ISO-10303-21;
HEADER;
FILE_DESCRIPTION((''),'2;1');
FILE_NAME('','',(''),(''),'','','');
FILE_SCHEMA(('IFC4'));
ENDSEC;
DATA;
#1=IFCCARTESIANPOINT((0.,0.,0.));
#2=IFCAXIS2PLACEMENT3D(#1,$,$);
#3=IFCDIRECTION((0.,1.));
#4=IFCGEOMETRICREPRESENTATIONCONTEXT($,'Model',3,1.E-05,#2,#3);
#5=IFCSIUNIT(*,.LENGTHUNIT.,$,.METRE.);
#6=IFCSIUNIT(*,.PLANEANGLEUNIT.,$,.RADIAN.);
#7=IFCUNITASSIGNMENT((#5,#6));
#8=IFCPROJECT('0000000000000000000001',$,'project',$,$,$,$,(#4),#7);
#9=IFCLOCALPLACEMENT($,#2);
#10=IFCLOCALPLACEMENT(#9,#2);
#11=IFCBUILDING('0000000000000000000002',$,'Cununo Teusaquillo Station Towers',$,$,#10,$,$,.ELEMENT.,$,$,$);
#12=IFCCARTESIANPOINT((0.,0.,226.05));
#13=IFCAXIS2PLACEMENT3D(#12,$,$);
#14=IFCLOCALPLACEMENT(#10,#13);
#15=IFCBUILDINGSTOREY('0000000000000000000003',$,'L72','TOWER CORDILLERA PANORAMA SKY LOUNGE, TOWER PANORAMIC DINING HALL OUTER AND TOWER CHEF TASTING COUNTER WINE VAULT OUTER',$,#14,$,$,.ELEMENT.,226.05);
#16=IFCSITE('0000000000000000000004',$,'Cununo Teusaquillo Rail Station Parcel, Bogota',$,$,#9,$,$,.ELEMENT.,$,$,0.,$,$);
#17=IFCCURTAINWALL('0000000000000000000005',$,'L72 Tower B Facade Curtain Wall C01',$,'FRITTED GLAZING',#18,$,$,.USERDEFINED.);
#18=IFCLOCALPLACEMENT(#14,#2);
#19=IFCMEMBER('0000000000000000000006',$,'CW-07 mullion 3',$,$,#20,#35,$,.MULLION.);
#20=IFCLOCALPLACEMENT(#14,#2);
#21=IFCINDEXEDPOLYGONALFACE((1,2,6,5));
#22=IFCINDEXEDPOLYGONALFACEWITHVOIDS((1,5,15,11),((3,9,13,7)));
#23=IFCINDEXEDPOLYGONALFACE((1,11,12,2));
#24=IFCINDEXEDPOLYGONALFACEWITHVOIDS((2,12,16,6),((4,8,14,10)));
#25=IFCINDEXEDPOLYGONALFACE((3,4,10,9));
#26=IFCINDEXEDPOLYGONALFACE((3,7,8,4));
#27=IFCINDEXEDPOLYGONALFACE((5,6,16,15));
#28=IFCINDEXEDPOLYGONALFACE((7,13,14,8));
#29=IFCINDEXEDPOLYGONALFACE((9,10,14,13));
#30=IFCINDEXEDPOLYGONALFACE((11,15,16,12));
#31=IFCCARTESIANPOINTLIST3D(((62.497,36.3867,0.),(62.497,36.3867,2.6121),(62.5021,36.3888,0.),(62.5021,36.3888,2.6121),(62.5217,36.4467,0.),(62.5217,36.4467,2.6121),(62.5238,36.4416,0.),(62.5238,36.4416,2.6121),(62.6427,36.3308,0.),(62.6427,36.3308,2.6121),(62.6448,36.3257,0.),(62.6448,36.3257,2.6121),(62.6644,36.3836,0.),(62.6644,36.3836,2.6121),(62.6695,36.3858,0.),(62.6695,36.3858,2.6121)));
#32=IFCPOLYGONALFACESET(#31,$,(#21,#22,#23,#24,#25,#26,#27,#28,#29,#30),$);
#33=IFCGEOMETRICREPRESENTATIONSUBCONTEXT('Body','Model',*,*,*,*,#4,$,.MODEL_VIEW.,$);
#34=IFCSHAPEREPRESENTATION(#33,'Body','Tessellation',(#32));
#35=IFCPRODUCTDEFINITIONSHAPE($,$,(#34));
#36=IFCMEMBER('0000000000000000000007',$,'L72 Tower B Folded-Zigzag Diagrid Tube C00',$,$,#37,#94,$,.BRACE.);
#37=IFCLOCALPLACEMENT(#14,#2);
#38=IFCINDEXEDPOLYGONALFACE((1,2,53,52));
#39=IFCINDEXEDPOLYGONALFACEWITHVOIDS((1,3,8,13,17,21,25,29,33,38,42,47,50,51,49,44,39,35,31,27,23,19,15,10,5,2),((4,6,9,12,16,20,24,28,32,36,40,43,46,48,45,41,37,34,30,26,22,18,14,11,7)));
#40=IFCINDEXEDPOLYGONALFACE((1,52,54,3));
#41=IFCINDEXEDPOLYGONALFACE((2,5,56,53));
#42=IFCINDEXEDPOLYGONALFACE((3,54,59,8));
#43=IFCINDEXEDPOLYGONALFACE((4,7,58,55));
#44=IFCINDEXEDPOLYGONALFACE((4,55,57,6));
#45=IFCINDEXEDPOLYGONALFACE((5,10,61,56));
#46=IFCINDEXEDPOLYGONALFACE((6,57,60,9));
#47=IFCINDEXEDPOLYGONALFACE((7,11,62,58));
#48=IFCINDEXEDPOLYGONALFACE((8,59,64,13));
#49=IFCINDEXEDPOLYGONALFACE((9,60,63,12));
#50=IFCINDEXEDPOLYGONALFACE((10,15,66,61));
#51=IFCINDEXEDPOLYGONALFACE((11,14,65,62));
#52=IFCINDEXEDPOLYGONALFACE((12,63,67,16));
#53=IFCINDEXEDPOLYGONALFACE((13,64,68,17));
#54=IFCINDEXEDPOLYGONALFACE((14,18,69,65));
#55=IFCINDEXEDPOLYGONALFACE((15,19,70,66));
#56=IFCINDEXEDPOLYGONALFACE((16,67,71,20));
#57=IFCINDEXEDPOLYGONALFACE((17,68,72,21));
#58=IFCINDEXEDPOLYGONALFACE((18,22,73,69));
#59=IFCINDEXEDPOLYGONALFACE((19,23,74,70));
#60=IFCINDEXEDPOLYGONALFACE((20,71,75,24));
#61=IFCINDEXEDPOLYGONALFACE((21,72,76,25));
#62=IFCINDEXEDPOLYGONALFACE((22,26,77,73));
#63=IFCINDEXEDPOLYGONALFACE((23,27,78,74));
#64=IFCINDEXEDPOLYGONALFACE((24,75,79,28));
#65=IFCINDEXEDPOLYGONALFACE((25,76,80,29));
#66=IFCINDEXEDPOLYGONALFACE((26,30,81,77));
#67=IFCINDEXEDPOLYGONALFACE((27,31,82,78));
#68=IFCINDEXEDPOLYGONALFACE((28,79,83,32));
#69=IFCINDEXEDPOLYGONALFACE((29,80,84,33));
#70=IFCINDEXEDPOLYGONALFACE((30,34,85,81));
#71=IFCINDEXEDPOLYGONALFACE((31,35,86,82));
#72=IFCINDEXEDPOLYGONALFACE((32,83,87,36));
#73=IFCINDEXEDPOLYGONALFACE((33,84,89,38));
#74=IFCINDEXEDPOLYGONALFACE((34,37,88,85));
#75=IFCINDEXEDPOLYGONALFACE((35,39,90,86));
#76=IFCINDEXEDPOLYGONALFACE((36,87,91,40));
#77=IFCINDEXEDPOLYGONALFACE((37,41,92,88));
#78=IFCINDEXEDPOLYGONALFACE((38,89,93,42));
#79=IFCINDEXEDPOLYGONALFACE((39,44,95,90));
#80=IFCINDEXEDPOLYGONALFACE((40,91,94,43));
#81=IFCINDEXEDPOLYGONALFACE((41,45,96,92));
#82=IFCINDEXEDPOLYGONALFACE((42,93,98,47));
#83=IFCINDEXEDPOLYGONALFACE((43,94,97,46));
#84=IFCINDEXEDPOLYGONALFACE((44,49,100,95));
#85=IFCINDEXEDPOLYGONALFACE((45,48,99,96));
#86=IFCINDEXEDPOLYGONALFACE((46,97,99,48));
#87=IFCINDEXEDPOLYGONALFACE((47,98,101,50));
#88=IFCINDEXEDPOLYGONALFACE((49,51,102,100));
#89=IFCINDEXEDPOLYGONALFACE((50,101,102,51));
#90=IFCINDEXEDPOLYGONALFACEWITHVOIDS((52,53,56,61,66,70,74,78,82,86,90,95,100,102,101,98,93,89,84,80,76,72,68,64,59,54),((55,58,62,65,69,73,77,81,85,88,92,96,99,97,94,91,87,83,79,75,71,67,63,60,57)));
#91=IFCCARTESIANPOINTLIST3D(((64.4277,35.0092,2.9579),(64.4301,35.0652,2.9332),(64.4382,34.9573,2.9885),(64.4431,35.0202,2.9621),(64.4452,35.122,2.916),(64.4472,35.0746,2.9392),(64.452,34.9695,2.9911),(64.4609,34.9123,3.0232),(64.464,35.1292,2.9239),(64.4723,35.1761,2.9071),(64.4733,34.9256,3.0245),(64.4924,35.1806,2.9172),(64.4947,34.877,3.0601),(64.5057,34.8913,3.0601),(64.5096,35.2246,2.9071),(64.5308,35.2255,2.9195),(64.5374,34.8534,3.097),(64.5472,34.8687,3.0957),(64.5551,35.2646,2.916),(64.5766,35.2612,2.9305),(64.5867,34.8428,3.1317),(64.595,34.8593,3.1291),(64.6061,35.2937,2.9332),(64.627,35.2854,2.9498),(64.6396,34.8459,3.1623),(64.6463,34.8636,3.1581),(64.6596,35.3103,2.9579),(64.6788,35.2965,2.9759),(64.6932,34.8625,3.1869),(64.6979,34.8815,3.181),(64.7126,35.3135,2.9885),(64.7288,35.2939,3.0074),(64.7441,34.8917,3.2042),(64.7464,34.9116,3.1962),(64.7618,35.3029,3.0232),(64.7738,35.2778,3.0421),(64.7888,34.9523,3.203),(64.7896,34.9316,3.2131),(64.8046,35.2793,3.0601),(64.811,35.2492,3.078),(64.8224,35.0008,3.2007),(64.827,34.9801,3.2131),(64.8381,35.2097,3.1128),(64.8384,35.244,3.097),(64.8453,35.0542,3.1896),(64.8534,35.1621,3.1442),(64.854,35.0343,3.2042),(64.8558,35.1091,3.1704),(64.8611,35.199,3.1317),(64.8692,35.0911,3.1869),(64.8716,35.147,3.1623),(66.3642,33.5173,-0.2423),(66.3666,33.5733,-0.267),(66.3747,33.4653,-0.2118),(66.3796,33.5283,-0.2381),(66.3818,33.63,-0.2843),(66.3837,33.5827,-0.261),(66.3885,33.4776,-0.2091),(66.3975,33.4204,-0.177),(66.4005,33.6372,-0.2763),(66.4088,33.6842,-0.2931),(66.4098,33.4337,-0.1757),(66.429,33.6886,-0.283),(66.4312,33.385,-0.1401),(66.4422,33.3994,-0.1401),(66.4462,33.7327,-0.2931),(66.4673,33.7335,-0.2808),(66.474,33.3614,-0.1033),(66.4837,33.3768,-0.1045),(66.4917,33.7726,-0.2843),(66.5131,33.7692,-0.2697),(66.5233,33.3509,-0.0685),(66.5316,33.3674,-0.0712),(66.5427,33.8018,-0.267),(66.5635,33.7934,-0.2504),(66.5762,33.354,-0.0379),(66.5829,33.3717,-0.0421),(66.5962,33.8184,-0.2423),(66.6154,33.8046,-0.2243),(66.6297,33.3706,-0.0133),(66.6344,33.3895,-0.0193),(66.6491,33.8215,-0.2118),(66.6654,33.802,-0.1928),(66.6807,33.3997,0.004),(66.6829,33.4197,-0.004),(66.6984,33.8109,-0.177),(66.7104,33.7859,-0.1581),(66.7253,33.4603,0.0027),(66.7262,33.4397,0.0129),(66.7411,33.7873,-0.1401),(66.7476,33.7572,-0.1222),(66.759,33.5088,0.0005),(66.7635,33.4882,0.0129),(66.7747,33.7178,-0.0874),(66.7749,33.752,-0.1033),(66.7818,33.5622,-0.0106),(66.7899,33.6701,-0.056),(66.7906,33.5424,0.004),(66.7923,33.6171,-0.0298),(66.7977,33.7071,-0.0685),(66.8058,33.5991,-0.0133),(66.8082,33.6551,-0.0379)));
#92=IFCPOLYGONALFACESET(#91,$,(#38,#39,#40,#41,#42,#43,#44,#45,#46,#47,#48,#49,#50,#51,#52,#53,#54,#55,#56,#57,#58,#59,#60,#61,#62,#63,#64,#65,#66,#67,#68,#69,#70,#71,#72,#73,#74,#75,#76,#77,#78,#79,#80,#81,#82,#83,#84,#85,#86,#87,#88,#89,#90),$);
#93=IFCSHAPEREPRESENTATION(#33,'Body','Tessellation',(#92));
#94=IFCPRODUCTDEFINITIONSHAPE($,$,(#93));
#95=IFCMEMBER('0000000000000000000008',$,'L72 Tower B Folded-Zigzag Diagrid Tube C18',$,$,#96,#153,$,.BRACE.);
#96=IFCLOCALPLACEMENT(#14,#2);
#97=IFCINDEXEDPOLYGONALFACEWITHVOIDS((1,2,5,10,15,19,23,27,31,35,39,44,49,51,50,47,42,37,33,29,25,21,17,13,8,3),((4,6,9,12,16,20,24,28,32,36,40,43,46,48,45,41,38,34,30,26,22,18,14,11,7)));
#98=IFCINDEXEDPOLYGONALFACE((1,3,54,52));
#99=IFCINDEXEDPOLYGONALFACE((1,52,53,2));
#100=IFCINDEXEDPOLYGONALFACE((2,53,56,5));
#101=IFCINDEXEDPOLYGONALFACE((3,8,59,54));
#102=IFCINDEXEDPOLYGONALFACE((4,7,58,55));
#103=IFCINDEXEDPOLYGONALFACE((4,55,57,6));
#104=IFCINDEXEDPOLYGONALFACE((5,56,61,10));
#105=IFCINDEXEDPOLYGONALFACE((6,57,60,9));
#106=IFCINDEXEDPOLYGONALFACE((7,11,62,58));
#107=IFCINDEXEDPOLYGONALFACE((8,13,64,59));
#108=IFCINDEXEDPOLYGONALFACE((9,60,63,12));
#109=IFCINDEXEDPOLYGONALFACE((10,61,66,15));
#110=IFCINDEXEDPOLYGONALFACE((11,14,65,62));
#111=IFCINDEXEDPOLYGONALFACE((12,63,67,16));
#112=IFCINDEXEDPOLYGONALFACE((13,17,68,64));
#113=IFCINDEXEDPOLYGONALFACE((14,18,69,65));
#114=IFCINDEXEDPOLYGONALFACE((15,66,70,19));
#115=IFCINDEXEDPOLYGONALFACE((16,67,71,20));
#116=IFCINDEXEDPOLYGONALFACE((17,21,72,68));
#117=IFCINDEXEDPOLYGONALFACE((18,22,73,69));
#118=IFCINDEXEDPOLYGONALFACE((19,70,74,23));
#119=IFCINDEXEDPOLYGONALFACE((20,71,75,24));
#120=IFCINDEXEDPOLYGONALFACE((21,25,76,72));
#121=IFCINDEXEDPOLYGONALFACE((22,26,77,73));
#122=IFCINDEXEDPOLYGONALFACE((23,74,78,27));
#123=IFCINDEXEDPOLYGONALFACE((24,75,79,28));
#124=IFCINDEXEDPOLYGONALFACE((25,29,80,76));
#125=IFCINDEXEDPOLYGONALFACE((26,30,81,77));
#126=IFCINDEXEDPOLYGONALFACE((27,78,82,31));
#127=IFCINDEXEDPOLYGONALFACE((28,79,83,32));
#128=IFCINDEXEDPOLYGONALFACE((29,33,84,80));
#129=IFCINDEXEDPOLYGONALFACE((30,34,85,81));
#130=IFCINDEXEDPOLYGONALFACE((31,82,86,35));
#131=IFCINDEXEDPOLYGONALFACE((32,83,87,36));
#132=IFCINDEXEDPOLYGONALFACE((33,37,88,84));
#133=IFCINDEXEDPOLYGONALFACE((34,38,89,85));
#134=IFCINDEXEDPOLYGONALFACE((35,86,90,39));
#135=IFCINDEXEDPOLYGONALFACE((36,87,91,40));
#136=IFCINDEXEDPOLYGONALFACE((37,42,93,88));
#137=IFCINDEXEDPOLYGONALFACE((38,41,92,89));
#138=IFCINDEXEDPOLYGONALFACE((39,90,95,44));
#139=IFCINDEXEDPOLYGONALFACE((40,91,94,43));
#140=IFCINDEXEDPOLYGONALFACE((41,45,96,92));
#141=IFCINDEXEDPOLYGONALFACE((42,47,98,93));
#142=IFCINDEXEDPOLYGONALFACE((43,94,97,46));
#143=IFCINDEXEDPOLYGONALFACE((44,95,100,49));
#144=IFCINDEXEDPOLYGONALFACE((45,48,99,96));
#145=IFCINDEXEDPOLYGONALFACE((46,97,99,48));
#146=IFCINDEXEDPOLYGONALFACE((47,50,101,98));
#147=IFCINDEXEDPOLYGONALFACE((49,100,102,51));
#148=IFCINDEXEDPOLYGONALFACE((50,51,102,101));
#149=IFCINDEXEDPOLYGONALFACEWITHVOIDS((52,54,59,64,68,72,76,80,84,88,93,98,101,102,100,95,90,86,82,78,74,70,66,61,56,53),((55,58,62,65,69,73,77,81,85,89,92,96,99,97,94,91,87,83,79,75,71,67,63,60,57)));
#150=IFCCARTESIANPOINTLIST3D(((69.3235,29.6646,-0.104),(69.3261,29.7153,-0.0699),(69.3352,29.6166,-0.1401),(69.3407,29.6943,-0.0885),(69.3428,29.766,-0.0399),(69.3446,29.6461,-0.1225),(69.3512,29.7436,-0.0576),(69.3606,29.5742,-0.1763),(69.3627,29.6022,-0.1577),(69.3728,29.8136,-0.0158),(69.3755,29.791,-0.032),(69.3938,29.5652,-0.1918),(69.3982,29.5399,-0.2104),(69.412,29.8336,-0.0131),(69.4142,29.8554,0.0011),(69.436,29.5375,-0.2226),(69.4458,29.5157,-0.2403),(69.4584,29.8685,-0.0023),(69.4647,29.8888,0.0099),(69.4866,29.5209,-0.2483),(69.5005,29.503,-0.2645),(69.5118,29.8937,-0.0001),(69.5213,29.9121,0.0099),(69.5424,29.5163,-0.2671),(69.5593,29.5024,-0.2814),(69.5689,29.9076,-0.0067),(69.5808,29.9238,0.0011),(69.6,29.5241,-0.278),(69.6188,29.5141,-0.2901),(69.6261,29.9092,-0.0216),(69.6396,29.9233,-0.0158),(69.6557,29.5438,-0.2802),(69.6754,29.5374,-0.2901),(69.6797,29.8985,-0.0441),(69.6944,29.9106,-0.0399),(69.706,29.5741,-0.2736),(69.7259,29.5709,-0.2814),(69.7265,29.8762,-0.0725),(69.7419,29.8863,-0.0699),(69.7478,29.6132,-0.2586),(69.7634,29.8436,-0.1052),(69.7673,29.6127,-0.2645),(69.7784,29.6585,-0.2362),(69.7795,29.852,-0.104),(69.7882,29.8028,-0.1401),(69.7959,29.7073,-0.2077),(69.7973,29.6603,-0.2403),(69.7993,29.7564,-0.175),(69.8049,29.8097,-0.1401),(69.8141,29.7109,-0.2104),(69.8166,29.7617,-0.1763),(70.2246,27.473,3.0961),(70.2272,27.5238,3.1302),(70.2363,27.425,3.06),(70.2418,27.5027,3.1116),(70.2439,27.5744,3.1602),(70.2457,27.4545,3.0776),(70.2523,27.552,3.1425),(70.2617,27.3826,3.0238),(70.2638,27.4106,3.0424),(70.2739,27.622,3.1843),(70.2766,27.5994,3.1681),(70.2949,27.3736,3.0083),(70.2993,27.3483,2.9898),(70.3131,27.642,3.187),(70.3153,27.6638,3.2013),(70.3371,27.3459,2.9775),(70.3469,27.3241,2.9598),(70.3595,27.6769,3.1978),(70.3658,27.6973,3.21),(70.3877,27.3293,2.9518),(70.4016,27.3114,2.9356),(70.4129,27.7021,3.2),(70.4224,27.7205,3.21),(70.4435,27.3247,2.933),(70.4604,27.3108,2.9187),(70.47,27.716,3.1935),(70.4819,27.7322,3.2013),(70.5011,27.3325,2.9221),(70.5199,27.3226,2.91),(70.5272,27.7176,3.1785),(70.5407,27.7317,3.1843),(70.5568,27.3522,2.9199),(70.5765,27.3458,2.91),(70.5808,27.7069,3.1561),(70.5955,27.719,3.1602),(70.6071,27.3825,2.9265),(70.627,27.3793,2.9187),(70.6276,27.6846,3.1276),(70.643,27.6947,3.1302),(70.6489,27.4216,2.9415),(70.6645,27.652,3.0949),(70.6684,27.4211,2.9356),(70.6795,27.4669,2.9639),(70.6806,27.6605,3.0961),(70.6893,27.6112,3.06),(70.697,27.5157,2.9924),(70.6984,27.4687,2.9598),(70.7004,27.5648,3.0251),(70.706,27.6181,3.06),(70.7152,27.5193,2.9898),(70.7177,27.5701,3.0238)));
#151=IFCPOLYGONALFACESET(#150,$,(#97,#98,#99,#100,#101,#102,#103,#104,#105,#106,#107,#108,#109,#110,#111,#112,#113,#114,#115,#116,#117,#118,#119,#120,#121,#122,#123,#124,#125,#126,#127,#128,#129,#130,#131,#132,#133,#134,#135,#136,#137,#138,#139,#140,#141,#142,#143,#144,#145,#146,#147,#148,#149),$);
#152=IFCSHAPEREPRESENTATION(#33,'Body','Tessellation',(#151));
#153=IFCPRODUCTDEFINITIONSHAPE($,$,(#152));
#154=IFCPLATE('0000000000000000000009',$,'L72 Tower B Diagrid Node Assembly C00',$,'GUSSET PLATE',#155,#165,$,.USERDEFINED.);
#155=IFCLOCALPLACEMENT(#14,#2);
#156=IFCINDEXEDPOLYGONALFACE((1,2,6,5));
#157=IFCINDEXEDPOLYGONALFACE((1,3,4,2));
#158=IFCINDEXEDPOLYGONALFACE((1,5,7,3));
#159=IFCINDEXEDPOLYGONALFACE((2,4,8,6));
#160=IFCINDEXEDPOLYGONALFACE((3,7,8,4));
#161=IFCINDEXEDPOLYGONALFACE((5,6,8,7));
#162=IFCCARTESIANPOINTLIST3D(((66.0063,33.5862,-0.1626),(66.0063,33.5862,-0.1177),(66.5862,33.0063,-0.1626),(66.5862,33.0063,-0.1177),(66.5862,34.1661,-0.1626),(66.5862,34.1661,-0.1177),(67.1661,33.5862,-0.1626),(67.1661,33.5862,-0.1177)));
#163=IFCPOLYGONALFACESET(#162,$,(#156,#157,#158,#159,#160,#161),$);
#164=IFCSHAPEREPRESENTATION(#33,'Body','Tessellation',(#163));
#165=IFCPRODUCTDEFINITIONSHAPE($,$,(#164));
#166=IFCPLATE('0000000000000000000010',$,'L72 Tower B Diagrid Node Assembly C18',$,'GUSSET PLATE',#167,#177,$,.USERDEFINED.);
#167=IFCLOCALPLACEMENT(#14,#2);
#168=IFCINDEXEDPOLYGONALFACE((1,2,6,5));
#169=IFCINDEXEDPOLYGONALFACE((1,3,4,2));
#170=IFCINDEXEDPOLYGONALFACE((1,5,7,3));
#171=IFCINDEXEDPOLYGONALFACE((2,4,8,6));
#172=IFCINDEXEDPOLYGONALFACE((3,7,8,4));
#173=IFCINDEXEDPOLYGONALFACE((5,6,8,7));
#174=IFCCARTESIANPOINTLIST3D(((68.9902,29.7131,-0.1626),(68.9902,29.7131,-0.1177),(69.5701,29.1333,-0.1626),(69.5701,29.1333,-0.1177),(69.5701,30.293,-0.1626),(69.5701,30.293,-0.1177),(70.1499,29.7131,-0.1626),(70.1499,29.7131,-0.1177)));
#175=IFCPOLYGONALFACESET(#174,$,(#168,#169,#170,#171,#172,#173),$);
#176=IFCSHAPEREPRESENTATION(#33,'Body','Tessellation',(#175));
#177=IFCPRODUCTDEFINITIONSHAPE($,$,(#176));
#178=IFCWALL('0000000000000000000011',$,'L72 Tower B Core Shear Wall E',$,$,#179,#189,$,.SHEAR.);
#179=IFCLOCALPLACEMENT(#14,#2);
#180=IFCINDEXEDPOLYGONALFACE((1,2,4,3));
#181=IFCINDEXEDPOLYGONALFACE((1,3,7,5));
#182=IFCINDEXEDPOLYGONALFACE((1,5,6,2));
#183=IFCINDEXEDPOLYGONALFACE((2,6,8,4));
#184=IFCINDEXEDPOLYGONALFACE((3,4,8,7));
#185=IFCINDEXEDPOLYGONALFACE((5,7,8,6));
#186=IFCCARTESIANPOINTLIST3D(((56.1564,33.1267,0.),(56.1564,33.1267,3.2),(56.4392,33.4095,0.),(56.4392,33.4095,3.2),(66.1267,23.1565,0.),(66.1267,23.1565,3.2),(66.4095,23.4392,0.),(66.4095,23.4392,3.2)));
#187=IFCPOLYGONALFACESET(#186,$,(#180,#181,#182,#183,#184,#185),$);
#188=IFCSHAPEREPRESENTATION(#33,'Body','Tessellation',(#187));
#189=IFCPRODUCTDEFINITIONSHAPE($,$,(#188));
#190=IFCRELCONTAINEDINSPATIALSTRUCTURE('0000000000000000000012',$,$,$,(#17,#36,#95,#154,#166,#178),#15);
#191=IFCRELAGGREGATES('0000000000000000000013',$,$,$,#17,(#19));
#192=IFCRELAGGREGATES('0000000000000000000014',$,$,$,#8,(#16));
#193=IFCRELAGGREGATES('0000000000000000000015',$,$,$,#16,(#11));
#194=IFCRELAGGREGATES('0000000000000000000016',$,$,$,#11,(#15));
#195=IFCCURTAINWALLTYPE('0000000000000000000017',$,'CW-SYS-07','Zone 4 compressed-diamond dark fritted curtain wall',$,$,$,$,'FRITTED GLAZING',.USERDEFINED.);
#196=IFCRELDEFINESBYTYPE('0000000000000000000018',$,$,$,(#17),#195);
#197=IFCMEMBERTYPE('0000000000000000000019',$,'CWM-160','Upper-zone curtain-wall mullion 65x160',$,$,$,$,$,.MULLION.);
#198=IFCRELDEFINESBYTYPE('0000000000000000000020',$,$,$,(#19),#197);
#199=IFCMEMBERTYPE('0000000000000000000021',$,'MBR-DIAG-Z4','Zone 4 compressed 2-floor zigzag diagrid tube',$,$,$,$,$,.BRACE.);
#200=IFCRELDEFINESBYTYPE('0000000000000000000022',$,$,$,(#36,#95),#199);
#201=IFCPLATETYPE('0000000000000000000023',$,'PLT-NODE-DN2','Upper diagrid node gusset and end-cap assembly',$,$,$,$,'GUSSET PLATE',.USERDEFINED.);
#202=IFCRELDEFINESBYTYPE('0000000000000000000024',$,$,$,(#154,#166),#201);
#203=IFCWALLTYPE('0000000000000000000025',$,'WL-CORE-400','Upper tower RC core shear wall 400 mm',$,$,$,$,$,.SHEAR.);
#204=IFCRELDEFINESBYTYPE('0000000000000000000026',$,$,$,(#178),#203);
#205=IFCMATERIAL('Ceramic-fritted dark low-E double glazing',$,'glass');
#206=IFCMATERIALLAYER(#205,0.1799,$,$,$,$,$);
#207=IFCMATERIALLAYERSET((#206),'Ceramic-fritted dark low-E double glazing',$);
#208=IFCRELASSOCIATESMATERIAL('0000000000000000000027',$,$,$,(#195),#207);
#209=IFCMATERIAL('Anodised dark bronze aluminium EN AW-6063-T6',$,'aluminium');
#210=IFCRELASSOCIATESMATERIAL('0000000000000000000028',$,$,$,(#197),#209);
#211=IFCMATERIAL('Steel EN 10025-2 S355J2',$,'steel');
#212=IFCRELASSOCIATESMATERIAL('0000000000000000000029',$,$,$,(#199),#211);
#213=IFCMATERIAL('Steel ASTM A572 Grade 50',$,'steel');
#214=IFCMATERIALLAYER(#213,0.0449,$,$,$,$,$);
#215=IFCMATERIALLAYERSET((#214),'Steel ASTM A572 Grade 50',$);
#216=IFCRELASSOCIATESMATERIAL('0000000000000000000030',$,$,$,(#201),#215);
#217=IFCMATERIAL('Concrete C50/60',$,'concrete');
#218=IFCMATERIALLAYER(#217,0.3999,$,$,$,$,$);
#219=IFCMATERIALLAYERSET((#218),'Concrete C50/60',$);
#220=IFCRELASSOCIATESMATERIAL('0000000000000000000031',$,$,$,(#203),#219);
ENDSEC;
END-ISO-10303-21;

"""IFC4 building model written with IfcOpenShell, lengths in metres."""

from ifc_helpers import new_model, si_unit, direction, frame, frame_2d, origin, origin_2d, place, context, subcontext, project, spatial, rectangle, hollow_rectangle, hollow_circle, extrude, source, transform, mapped, material, layer, layer_set, material_profile, profile_set, type_object, element, aggregate, save


model = new_model("IFC4")

# Units and contexts
model_context = context("Model", 3, precision=1e-05, world=origin(), true_north=direction((0.0, 1.0)))
body_context = subcontext(model_context, "Body", "Model", "MODEL_VIEW")
ifc_project = project(units=[si_unit("LENGTHUNIT", "METRE"), si_unit("PLANEANGLEUNIT", "RADIAN")], contexts=[model_context])

# Site, building, storey
site_placement = place(None, origin())
site = spatial("IfcSite", under=ifc_project, at=site_placement, Name="Cununo Teusaquillo Rail Station Parcel, Bogota", CompositionType="ELEMENT", RefElevation=0.0)
building_placement = place(site_placement, origin())
building = spatial("IfcBuilding", under=site, at=building_placement, Name="Cununo Teusaquillo Station Towers", CompositionType="ELEMENT")
storey_placement = place(building_placement, frame((0.0, 0.0, 226.05)))
storey = spatial("IfcBuildingStorey", under=building, at=storey_placement, Name="L72", Description="TOWER CORDILLERA PANORAMA SKY LOUNGE, TOWER PANORAMIC DINING HALL OUTER AND TOWER CHEF TASTING COUNTER WINE VAULT OUTER", CompositionType="ELEMENT", Elevation=226.05)

# Curtain wall, member
ifc_material_1 = material(Name="Ceramic-fritted dark low-E double glazing", Category="glass")
ifc_layer_1 = layer(ifc_material_1, 0.1799)
ifc_layer_set_1 = layer_set([ifc_layer_1], Name="Ceramic-fritted dark low-E double glazing")
curtain_wall_type = type_object("IfcCurtainWallType", Name="CW-SYS-07", Description="Zone 4 compressed-diamond dark fritted curtain wall", ElementType="FRITTED GLAZING", PredefinedType="USERDEFINED", material=ifc_layer_set_1)
curtain_wall_placement = place(storey_placement, origin())
curtain_wall = element("IfcCurtainWall", 1, at=curtain_wall_placement, inside=storey, type_object=curtain_wall_type, Name="L72 Tower B Facade Curtain Wall C01", ObjectType="FRITTED GLAZING", PredefinedType="USERDEFINED")
ifc_material_2 = material(Name="Anodised dark bronze aluminium EN AW-6063-T6", Category="aluminium")
ifc_material_profile_1 = material_profile(ifc_material_2, hollow_rectangle(XDim=0.0649, YDim=0.1599, WallThickness=0.0039, at=origin_2d()), Name="CW-MULL-65x160")
ifc_profile_set_1 = profile_set([ifc_material_profile_1], Name="Anodised dark bronze aluminium EN AW-6063-T6")
member_type_1 = type_object("IfcMemberType", Name="CWM-160", Description="Upper-zone curtain-wall mullion 65x160", PredefinedType="MULLION", material=ifc_profile_set_1)
member_1_placement = place(storey_placement, frame((62.5833, 36.3862, 0.0), z_axis=(0.0, 0.0, 1.0), x_axis=(0.381311, 0.924447, 0.0)))
member_1 = element("IfcMember", 2, at=member_1_placement, type_object=member_type_1, Name="CW-07 mullion 3", PredefinedType="MULLION", context=body_context, shape_type="SweptSolid", body=[
    extrude(hollow_rectangle(XDim=0.0649, YDim=0.1599, WallThickness=0.0039, at=origin_2d()), origin(), (0.0, 0.0, 1.0), 2.6121),
])
aggregate(curtain_wall, [member_1])

# Members
ifc_material_3 = material(Name="Steel EN 10025-2 S355J2", Category="steel")
ifc_material_profile_2 = material_profile(ifc_material_3, hollow_circle(Radius=0.2539, WallThickness=0.0181, at=origin_2d()), Name="CHS 508x18")
ifc_profile_set_2 = profile_set([ifc_material_profile_2], Name="Steel EN 10025-2 S355J2")
member_type_2 = type_object("IfcMemberType", Name="MBR-DIAG-Z4", Description="Zone 4 compressed 2-floor zigzag diagrid tube", PredefinedType="BRACE", material=ifc_profile_set_2)
member_2_placement = place(storey_placement, frame((66.5862, 33.5862, -0.1401), z_axis=(-0.480877, 0.370479, 0.794671), x_axis=(-0.610304, -0.792167, 0.0)))
element("IfcMember", 3, at=member_2_placement, inside=storey, type_object=member_type_2, Name="L72 Tower B Folded-Zigzag Diagrid Tube C00", PredefinedType="BRACE", context=body_context, shape_type="SweptSolid", body=[
    extrude(hollow_circle(Radius=0.2539, WallThickness=0.0181, at=origin_2d()), origin(), (0.0, 0.0, 1.0), 4.0271),
])
member_3_placement = place(storey_placement, frame((69.5701, 29.7131, -0.1401), z_axis=(0.226297, -0.550384, 0.803658), x_axis=(0.924874, 0.380273, 0.0)))
element("IfcMember", 4, at=member_3_placement, inside=storey, type_object=member_type_2, Name="L72 Tower B Folded-Zigzag Diagrid Tube C18", PredefinedType="BRACE", context=body_context, shape_type="SweptSolid", body=[
    extrude(hollow_circle(Radius=0.2539, WallThickness=0.0181, at=origin_2d()), origin(), (0.0, 0.0, 1.0), 3.9819),
])

# Plates
ifc_material_4 = material(Name="Steel ASTM A572 Grade 50", Category="steel")
ifc_layer_2 = layer(ifc_material_4, 0.0449)
ifc_layer_set_2 = layer_set([ifc_layer_2], Name="Steel ASTM A572 Grade 50")
plate_type = type_object("IfcPlateType", Name="PLT-NODE-DN2", Description="Upper diagrid node gusset and end-cap assembly", ElementType="GUSSET PLATE", PredefinedType="USERDEFINED", material=ifc_layer_set_2)
shared_shape_1 = source(origin(), body_context, "Body", "SweptSolid", [
    extrude(rectangle(XDim=0.8201, YDim=0.8201, at=origin_2d()), origin(), (0.0, 0.0, 1.0), 0.0449),
])
for number, where, z_axis, x_axis, name in (
    (5, (66.5862, 33.5862, -0.1626), (0.0, 0.0, 1.0), (0.707107, 0.707107, 0.0), "L72 Tower B Diagrid Node Assembly C00"),
    (6, (69.5701, 29.7131, -0.1626), (0.0, 0.0, 1.0), (0.707107, 0.707107, 0.0), "L72 Tower B Diagrid Node Assembly C18"),
):
    element("IfcPlate", number, at=place(storey_placement, frame(where, z_axis=z_axis, x_axis=x_axis)), inside=storey, type_object=plate_type, Name=name, ObjectType="GUSSET PLATE", PredefinedType="USERDEFINED", context=body_context, shape_type="MappedRepresentation", body=[
        mapped(shared_shape_1, transform((0.0, 0.0, 0.0), x_axis=(1.0, 0.0, 0.0), y_axis=(0.0, 1.0, 0.0), z_axis=(0.0, 0.0, 1.0), scale=1.0)),
    ])

# Wall
ifc_material_5 = material(Name="Concrete C50/60", Category="concrete")
ifc_layer_3 = layer(ifc_material_5, 0.3999)
ifc_layer_set_3 = layer_set([ifc_layer_3], Name="Concrete C50/60")
wall_type_1 = type_object("IfcWallType", Name="WL-CORE-400", Description="Upper tower RC core shear wall 400 mm", PredefinedType="SHEAR", material=ifc_layer_set_3)
wall_1_placement = place(storey_placement, frame((66.2681, 23.2979, 0.0), z_axis=(0.0, 0.0, 1.0), x_axis=(-0.707107, 0.707107, 0.0)))
element("IfcWall", 7, at=wall_1_placement, inside=storey, type_object=wall_type_1, Name="L72 Tower B Core Shear Wall E", PredefinedType="SHEAR", context=body_context, shape_type="SweptSolid", body=[
    extrude(rectangle(XDim=14.1001, YDim=0.3999, at=frame_2d((7.05, 0.0))), origin(), (0.0, 0.0, 1.0), 3.2),
])

save(model, "model.ifc")
